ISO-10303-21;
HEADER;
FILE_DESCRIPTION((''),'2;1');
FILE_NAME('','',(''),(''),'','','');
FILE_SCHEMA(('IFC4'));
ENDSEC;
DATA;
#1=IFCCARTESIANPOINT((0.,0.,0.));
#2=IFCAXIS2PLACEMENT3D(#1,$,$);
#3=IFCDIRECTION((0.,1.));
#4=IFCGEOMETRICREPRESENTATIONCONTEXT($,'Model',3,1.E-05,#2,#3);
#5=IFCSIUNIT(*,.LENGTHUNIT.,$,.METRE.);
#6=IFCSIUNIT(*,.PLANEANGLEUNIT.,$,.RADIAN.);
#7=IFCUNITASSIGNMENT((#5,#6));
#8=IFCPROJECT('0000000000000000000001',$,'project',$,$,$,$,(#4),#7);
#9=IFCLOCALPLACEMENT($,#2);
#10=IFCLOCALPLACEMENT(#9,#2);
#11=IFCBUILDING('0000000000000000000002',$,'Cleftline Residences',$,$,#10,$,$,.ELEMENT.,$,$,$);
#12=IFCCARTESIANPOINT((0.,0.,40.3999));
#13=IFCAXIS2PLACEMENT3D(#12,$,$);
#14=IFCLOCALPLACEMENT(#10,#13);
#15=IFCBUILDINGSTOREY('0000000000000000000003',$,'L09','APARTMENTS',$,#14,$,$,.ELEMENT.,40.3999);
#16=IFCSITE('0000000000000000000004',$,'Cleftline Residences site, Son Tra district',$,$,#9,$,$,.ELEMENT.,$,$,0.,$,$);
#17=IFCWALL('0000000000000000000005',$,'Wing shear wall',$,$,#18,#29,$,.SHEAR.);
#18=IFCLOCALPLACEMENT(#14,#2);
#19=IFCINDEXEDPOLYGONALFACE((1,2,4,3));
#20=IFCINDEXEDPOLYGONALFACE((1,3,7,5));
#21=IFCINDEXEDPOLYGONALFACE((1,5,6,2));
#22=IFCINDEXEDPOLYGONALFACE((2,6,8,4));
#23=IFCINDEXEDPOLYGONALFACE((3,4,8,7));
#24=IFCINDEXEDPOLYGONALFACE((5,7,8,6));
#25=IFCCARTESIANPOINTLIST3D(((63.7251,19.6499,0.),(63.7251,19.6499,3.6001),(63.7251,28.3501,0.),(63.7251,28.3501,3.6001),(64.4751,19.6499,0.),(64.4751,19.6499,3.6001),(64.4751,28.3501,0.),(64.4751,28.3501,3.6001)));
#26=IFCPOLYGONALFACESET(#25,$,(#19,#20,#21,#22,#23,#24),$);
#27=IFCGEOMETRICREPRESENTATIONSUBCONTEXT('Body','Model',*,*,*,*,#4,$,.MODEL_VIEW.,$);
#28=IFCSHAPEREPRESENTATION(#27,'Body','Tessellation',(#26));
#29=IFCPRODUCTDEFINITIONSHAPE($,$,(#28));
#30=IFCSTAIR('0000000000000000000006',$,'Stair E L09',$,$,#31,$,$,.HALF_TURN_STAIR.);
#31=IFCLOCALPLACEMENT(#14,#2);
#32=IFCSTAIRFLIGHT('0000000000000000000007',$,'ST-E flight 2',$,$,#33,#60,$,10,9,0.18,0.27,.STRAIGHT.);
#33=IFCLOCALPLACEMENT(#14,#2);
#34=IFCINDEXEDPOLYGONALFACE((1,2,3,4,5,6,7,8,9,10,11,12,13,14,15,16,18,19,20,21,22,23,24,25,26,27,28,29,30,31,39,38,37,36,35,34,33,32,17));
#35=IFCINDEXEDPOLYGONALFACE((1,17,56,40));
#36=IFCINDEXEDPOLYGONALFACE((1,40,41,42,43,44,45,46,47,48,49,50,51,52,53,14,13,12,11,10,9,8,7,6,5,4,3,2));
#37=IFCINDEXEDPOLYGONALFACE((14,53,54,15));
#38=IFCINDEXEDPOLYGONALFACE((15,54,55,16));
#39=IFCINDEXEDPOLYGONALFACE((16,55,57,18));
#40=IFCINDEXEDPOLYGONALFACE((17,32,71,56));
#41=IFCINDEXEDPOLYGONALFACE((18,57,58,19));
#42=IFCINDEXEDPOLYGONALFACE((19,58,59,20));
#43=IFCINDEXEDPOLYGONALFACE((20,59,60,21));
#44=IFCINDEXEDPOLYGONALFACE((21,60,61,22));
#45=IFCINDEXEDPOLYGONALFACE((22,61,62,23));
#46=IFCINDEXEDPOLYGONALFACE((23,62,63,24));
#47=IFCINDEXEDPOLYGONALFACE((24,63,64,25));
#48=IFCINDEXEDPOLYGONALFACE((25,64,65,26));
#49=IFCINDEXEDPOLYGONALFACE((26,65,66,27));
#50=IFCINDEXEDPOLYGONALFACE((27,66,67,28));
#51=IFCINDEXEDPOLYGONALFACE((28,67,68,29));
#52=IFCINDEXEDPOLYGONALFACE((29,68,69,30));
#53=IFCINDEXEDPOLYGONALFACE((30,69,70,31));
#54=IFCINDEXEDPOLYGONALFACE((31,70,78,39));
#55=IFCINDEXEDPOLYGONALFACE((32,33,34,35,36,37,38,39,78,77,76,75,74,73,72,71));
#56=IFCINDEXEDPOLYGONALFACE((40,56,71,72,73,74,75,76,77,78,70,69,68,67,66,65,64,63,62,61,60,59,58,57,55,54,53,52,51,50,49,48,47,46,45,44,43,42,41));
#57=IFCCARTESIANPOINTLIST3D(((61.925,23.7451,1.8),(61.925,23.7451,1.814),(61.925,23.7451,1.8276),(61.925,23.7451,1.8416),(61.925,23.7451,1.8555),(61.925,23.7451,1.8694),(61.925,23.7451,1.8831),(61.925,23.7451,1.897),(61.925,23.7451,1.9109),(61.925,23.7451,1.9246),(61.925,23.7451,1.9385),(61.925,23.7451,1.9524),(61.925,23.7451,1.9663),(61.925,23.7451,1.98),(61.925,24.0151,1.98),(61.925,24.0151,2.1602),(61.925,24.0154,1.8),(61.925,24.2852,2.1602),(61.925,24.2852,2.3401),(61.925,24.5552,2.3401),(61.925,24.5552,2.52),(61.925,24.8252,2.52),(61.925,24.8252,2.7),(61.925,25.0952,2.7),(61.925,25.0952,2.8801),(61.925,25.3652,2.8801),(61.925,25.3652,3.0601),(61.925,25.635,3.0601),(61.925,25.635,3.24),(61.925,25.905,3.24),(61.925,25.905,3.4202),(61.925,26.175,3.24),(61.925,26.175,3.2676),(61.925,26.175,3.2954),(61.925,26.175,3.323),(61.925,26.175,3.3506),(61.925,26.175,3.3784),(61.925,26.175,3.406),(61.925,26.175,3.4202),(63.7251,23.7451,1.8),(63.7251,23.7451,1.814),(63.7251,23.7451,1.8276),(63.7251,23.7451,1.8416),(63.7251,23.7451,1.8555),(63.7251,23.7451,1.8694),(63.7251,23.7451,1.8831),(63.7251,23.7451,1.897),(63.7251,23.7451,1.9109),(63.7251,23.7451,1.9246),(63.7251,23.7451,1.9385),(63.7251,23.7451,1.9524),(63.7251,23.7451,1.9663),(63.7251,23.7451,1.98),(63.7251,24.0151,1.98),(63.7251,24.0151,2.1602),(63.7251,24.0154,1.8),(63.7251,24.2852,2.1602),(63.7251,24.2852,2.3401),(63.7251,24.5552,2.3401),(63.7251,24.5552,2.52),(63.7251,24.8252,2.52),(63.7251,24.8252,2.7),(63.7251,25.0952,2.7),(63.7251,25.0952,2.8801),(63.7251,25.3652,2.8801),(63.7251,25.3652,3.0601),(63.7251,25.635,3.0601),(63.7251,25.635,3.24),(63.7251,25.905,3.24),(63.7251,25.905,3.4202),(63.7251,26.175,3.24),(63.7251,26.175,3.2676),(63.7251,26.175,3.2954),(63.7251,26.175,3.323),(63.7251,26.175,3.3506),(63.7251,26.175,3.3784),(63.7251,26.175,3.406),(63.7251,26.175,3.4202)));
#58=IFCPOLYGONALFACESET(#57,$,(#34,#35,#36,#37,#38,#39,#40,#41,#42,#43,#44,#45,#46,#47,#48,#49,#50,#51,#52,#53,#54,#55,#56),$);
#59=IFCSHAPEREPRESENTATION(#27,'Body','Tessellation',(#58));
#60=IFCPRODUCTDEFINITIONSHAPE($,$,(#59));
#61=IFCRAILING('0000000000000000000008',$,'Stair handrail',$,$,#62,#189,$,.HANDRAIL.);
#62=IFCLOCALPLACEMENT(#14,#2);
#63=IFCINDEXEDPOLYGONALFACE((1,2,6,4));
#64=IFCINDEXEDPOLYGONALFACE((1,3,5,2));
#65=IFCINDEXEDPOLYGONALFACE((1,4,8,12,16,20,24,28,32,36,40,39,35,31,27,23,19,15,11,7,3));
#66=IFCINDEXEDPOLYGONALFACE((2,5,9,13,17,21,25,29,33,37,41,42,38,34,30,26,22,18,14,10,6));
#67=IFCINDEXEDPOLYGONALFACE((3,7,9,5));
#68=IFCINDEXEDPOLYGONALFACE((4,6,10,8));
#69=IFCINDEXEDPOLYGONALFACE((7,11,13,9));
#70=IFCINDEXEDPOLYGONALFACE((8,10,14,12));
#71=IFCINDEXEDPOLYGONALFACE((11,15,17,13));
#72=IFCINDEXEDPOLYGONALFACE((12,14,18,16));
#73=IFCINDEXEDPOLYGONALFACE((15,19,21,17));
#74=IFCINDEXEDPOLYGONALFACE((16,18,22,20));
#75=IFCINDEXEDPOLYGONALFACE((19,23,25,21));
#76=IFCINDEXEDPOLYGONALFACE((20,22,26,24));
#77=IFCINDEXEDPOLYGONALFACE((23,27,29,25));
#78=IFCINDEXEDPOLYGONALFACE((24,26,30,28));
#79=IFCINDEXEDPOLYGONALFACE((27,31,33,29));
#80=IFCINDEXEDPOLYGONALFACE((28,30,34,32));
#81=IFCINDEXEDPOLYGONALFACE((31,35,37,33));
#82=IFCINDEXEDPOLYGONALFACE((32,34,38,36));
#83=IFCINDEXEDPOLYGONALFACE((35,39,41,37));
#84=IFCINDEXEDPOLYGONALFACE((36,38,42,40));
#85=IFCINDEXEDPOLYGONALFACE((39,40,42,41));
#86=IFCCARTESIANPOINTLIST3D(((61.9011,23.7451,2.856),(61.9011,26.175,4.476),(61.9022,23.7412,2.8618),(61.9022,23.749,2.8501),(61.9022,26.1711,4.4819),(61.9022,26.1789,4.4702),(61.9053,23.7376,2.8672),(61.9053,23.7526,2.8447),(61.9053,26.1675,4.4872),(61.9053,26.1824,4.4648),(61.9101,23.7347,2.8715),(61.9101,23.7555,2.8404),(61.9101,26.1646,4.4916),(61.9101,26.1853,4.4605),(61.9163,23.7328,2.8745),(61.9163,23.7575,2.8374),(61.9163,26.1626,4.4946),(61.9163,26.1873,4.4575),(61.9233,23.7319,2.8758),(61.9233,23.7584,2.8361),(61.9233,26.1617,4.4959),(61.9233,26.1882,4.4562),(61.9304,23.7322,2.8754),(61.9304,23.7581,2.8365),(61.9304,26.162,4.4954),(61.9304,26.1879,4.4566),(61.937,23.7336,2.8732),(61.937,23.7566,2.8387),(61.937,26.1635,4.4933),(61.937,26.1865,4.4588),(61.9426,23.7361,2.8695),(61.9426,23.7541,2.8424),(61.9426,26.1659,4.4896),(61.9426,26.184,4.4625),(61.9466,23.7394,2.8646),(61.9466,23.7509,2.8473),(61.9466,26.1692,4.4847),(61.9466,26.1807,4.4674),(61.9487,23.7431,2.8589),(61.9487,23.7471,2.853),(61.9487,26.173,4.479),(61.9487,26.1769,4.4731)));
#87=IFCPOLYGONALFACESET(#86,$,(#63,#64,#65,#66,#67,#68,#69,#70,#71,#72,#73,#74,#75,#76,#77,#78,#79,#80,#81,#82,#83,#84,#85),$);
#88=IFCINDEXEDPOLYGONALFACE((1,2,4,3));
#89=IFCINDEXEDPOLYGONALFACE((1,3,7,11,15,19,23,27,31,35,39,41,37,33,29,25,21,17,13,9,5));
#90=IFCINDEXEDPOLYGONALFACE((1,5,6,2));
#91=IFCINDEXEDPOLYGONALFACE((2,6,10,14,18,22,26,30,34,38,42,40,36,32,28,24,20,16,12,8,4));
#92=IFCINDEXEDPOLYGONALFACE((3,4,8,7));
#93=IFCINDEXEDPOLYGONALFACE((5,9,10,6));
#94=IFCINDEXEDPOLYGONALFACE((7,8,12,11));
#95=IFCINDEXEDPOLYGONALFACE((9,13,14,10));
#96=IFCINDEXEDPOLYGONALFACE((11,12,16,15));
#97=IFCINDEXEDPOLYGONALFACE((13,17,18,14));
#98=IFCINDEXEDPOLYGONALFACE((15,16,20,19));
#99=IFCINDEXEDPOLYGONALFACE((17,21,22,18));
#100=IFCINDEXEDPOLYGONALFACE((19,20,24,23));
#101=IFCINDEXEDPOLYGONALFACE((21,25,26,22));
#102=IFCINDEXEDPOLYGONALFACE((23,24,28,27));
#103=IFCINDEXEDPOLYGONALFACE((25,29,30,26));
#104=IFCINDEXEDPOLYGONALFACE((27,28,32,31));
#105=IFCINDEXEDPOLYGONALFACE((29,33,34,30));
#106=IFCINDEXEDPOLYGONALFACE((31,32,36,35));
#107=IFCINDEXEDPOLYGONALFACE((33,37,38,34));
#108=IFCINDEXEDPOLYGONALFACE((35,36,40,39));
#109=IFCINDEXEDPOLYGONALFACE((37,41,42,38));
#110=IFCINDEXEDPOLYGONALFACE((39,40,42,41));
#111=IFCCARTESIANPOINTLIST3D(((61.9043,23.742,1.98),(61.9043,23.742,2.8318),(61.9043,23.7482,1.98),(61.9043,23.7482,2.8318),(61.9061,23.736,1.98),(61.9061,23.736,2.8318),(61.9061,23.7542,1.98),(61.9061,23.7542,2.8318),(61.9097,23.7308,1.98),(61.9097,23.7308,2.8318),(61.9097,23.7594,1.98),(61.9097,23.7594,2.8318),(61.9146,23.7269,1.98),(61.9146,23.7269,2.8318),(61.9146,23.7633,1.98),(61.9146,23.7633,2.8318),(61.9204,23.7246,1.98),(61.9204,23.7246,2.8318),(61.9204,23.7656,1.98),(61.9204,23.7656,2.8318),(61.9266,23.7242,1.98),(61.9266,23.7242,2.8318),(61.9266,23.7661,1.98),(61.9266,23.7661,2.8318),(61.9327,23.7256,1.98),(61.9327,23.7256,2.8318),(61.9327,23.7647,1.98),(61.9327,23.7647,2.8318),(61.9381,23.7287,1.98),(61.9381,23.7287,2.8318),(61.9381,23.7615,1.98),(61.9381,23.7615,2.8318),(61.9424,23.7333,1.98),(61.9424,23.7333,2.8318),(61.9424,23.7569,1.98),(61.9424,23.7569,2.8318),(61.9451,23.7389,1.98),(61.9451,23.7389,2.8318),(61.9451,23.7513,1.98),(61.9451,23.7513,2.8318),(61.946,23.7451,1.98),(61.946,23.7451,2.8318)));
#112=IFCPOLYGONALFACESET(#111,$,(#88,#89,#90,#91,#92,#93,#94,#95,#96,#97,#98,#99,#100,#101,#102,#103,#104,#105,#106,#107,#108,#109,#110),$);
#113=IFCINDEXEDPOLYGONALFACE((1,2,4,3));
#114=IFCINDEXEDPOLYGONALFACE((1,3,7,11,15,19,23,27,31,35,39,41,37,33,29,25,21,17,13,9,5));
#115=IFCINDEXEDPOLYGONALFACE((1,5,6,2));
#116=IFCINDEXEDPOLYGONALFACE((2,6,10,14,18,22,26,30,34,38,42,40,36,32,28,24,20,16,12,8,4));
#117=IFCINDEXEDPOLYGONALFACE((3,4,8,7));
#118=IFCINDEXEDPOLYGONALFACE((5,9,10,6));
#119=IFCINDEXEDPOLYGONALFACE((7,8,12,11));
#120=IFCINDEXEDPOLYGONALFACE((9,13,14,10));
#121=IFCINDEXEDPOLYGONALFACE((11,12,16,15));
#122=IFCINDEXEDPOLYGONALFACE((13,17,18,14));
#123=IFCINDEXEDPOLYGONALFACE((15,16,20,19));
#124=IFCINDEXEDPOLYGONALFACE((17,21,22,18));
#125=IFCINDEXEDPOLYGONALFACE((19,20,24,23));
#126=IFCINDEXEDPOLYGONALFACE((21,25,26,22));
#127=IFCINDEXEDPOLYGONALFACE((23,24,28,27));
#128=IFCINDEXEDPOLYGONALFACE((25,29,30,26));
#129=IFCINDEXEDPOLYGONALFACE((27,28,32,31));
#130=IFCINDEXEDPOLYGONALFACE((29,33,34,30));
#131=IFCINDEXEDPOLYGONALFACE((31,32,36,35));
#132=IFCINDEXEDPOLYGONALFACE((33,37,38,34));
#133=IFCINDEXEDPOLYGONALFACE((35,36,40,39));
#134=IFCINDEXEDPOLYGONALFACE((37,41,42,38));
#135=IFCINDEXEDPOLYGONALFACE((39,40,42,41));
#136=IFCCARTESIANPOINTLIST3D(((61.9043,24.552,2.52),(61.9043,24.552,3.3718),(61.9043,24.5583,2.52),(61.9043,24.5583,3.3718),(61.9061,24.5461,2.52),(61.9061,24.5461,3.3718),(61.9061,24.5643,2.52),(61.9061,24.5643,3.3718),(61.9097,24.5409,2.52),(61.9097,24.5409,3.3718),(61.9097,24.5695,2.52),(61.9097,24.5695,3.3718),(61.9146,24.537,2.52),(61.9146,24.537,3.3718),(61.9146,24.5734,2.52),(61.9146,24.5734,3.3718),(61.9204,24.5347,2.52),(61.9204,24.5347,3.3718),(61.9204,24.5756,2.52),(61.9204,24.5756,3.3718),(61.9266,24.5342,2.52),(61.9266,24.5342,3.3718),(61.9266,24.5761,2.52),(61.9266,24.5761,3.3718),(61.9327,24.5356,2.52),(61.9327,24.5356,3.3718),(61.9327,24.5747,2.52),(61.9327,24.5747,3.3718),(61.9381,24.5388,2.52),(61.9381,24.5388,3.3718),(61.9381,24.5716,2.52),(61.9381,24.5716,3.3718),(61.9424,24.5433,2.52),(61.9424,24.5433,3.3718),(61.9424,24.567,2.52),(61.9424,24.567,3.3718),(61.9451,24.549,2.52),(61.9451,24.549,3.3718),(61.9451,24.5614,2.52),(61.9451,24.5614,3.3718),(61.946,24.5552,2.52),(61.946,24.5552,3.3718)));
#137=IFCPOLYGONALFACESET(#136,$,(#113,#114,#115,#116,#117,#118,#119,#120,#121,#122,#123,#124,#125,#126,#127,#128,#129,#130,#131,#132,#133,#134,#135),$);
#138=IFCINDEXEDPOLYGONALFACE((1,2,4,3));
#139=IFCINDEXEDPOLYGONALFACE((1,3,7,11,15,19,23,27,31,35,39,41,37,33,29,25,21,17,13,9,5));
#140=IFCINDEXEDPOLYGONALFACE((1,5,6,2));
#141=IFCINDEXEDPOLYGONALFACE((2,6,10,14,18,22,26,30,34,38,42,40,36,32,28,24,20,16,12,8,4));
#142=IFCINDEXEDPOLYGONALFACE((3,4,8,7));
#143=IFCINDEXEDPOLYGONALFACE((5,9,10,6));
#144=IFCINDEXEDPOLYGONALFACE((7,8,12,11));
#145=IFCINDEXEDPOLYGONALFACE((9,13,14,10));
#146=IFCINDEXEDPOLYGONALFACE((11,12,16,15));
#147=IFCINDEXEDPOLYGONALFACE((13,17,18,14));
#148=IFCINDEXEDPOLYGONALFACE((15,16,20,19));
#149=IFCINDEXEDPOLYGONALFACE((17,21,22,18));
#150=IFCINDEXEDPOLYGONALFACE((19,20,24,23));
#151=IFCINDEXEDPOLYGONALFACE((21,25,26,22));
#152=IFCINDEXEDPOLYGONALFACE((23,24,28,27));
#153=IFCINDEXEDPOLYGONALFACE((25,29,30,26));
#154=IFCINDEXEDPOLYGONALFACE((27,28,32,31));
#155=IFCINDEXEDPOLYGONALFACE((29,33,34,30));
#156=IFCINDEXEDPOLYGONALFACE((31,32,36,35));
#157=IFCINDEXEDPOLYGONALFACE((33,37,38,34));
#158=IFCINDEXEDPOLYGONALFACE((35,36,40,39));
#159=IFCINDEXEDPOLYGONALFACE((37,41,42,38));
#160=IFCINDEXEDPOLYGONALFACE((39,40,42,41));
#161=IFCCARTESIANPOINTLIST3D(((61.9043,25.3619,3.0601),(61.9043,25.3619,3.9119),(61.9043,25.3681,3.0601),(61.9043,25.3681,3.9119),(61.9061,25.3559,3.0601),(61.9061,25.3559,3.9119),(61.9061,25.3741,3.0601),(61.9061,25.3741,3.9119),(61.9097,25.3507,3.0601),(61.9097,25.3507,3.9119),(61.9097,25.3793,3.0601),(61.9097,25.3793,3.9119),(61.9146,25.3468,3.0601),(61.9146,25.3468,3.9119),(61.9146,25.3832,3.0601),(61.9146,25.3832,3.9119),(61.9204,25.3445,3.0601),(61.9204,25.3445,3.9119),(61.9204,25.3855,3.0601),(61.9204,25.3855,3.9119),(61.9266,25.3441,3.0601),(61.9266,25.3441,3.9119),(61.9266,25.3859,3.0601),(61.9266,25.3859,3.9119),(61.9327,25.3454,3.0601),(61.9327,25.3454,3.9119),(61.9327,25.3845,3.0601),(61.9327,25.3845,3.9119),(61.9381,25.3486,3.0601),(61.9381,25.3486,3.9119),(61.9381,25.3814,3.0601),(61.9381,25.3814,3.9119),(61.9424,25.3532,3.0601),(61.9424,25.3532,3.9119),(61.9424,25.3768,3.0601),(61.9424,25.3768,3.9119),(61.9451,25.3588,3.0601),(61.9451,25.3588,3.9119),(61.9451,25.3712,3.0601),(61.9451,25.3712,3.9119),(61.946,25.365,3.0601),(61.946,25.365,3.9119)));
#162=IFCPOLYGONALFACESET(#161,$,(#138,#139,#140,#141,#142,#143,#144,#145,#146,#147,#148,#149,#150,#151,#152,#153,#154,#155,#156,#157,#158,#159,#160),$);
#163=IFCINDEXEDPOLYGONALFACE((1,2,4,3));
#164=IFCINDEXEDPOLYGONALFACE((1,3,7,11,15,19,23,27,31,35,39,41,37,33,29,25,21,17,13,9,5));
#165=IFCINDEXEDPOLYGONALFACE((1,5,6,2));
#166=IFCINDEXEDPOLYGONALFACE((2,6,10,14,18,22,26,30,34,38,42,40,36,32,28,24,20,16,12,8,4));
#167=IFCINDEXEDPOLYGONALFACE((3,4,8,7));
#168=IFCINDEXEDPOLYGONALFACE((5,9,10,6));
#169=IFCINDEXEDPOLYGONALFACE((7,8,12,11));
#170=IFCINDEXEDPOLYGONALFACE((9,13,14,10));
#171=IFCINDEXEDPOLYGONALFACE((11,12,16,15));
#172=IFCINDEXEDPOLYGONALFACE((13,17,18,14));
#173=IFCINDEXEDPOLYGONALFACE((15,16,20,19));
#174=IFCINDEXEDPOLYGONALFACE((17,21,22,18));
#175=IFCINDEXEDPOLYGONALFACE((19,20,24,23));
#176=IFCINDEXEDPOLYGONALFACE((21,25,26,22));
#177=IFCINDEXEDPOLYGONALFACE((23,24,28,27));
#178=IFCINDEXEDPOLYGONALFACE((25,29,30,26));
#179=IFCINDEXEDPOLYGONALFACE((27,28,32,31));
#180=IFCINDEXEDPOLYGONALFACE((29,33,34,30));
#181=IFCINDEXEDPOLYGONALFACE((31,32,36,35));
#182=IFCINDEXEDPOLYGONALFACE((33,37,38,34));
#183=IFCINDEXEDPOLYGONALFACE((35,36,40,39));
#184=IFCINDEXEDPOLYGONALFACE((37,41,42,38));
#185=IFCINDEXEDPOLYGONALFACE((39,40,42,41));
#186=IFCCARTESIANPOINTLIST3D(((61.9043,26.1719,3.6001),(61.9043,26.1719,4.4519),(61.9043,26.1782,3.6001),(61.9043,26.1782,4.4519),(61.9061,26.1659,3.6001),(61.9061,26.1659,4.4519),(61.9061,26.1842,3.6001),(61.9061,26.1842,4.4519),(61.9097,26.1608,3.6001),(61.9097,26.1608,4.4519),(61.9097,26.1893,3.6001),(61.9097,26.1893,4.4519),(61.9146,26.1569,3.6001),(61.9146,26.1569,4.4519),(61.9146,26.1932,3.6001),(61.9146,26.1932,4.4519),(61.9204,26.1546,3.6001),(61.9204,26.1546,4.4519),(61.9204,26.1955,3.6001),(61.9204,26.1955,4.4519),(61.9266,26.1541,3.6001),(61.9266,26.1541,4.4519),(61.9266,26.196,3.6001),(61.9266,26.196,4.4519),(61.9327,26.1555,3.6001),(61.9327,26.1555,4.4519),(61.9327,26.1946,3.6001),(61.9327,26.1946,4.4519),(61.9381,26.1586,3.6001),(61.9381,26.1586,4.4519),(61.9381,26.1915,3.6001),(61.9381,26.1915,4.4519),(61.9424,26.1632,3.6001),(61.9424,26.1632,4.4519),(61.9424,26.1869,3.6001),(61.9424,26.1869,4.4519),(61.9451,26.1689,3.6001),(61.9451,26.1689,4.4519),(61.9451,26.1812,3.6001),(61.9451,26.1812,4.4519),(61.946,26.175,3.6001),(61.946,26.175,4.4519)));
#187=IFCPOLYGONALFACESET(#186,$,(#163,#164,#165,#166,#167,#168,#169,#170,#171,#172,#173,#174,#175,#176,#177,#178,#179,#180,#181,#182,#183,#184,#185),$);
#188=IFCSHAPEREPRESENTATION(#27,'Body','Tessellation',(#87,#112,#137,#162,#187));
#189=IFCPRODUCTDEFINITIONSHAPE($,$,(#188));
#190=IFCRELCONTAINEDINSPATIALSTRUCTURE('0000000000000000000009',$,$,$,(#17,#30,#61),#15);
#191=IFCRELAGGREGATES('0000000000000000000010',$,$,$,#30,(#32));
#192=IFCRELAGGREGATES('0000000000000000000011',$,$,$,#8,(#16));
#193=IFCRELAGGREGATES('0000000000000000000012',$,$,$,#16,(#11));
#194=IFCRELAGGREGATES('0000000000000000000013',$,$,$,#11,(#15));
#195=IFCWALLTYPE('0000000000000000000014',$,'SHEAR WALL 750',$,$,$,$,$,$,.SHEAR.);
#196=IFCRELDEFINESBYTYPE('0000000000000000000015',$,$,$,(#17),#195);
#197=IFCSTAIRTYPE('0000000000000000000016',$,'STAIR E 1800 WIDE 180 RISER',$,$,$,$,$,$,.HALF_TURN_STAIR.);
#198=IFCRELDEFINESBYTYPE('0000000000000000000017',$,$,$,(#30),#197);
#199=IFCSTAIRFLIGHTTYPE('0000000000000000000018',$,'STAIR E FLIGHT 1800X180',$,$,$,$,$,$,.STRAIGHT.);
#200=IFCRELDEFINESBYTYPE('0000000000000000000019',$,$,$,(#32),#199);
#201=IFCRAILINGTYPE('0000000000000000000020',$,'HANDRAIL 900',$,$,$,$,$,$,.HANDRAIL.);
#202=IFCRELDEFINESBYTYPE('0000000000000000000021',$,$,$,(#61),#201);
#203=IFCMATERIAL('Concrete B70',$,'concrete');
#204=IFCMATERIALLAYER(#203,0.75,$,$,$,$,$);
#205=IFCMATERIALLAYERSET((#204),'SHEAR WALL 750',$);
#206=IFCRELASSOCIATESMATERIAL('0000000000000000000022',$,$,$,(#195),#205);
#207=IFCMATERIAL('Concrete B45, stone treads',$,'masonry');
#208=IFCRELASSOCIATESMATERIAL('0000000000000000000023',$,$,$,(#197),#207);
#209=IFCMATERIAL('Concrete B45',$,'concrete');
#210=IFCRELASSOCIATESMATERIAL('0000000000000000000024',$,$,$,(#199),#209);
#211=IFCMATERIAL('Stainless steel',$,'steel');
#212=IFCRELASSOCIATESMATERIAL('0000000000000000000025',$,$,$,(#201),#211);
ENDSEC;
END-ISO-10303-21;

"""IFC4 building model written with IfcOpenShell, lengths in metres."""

from ifc_helpers import new_model, si_unit, direction, frame, frame_2d, origin, origin_2d, place, context, subcontext, project, spatial, polyline, rectangle, circle, outline, extrude, material, layer, layer_set, type_object, element, aggregate, save


model = new_model("IFC4")

# Units and contexts
model_context = context("Model", 3, precision=1e-05, world=origin(), true_north=direction((0.0, 1.0)))
body_context = subcontext(model_context, "Body", "Model", "MODEL_VIEW")
ifc_project = project(units=[si_unit("LENGTHUNIT", "METRE"), si_unit("PLANEANGLEUNIT", "RADIAN")], contexts=[model_context])

# Site, building, storey
site_placement = place(None, origin())
site = spatial("IfcSite", under=ifc_project, at=site_placement, Name="Cleftline Residences site, Son Tra district", CompositionType="ELEMENT", RefElevation=0.0)
building_placement = place(site_placement, origin())
building = spatial("IfcBuilding", under=site, at=building_placement, Name="Cleftline Residences", CompositionType="ELEMENT")
storey_placement = place(building_placement, frame((0.0, 0.0, 40.3999)))
storey = spatial("IfcBuildingStorey", under=building, at=storey_placement, Name="L09", Description="APARTMENTS", CompositionType="ELEMENT", Elevation=40.3999)

# Wall
ifc_material_1 = material(Name="Concrete B70", Category="concrete")
ifc_layer_1 = layer(ifc_material_1, 0.75)
ifc_layer_set_1 = layer_set([ifc_layer_1], Name="SHEAR WALL 750")
wall_type_1 = type_object("IfcWallType", Name="SHEAR WALL 750", PredefinedType="SHEAR", material=ifc_layer_set_1)
wall_1_placement = place(storey_placement, frame((64.1001, 19.6499, 0.0), z_axis=(0.0, 0.0, 1.0), x_axis=(0.0, 1.0, 0.0)))
element("IfcWall", 1, at=wall_1_placement, inside=storey, type_object=wall_type_1, Name="Wing shear wall", PredefinedType="SHEAR", context=body_context, shape_type="SweptSolid", body=[
    extrude(rectangle(XDim=8.7002, YDim=0.75, at=frame_2d((4.3501, 0.0))), origin(), (0.0, 0.0, 1.0), 3.6001),
])

# Stair, stair flight
ifc_material_2 = material(Name="Concrete B45, stone treads", Category="masonry")
stair_type = type_object("IfcStairType", Name="STAIR E 1800 WIDE 180 RISER", PredefinedType="HALF_TURN_STAIR", material=ifc_material_2)
stair_placement = place(storey_placement, origin())
stair = element("IfcStair", 2, at=stair_placement, inside=storey, type_object=stair_type, Name="Stair E L09", PredefinedType="HALF_TURN_STAIR")
ifc_material_3 = material(Name="Concrete B45", Category="concrete")
stair_flight_type = type_object("IfcStairFlightType", Name="STAIR E FLIGHT 1800X180", PredefinedType="STRAIGHT", material=ifc_material_3)
stair_flight_placement = place(storey_placement, frame((62.825, 23.7451, 1.8), z_axis=(0.0, 0.0, 1.0), x_axis=(0.0, 1.0, 0.0)))
stair_flight = element("IfcStairFlight", 3, at=stair_flight_placement, type_object=stair_flight_type, Name="ST-E flight 2", NumberOfRisers=10, NumberOfTreads=9, PredefinedType="STRAIGHT", RiserHeight=0.18, TreadLength=0.27, context=body_context, shape_type="SweptSolid", body=[
    extrude(outline(polyline([(0.0, 0.0), (0.0, 0.0139), (0.0, 0.0276), (0.0, 0.0415), (0.0, 0.0554), (0.0, 0.0693), (0.0, 0.083), (0.0, 0.0969), (0.0, 0.1108), (0.0, 0.1245), (0.0, 0.1384), (0.0, 0.1523), (0.0, 0.1663), (0.0, 0.1799), (0.27, 0.1799), (0.27, 0.3601), (0.54, 0.3601), (0.54, 0.54), (0.8101, 0.54), (0.8101, 0.72), (1.0801, 0.72), (1.0801, 0.8999), (1.3501, 0.8999), (1.3501, 1.0801), (1.6201, 1.0801), (1.6201, 1.26), (1.8899, 1.26), (1.8899, 1.4399), (2.1599, 1.4399), (2.1599, 1.6201), (2.4299, 1.6201), (2.4299, 1.8), (2.4299, 1.7722), (2.4299, 1.7446), (2.4299, 1.7168), (2.4299, 1.6892), (2.4299, 1.6614), (2.4299, 1.6338), (2.4299, 1.606), (2.4299, 1.5784), (2.4299, 1.5505), (2.4299, 1.5229), (2.4299, 1.4954), (2.4299, 1.4675), (2.4299, 1.4399), (0.2703, 0.0), (0.0, 0.0)])), frame((0.0, 0.8999, 0.0), z_axis=(0.0, -1.0, 0.0), x_axis=(1.0, 0.0, 0.0)), (0.0, 0.0, 1.0), 1.8),
])
aggregate(stair, [stair_flight])

# Railing
ifc_material_4 = material(Name="Stainless steel", Category="steel")
railing_type = type_object("IfcRailingType", Name="HANDRAIL 900", PredefinedType="HANDRAIL", material=ifc_material_4)
railing_placement = place(storey_placement, frame((61.925, 23.7451, 1.98)))
element("IfcRailing", 4, at=railing_placement, inside=storey, type_object=railing_type, Name="Stair handrail", PredefinedType="HANDRAIL", context=body_context, shape_type="SweptSolid", body=[
    extrude(circle(Radius=0.0239, at=origin_2d()), frame((0.0, 0.0, 0.876), z_axis=(0.0, 0.832025, 0.554739), x_axis=(-1.0, 0.0, 0.0)), (0.0, 0.0, 1.0), 2.9204),
    extrude(circle(Radius=0.021, at=origin_2d()), origin(), (0.0, 0.0, 1.0), 0.8518),
    extrude(circle(Radius=0.021, at=origin_2d()), frame((0.0, 0.8101, 0.54)), (0.0, 0.0, 1.0), 0.8518),
    extrude(circle(Radius=0.021, at=origin_2d()), frame((0.0, 1.6199, 1.0801)), (0.0, 0.0, 1.0), 0.8518),
    extrude(circle(Radius=0.021, at=origin_2d()), frame((0.0, 2.4299, 1.6201)), (0.0, 0.0, 1.0), 0.8518),
])

save(model, "model.ifc")
